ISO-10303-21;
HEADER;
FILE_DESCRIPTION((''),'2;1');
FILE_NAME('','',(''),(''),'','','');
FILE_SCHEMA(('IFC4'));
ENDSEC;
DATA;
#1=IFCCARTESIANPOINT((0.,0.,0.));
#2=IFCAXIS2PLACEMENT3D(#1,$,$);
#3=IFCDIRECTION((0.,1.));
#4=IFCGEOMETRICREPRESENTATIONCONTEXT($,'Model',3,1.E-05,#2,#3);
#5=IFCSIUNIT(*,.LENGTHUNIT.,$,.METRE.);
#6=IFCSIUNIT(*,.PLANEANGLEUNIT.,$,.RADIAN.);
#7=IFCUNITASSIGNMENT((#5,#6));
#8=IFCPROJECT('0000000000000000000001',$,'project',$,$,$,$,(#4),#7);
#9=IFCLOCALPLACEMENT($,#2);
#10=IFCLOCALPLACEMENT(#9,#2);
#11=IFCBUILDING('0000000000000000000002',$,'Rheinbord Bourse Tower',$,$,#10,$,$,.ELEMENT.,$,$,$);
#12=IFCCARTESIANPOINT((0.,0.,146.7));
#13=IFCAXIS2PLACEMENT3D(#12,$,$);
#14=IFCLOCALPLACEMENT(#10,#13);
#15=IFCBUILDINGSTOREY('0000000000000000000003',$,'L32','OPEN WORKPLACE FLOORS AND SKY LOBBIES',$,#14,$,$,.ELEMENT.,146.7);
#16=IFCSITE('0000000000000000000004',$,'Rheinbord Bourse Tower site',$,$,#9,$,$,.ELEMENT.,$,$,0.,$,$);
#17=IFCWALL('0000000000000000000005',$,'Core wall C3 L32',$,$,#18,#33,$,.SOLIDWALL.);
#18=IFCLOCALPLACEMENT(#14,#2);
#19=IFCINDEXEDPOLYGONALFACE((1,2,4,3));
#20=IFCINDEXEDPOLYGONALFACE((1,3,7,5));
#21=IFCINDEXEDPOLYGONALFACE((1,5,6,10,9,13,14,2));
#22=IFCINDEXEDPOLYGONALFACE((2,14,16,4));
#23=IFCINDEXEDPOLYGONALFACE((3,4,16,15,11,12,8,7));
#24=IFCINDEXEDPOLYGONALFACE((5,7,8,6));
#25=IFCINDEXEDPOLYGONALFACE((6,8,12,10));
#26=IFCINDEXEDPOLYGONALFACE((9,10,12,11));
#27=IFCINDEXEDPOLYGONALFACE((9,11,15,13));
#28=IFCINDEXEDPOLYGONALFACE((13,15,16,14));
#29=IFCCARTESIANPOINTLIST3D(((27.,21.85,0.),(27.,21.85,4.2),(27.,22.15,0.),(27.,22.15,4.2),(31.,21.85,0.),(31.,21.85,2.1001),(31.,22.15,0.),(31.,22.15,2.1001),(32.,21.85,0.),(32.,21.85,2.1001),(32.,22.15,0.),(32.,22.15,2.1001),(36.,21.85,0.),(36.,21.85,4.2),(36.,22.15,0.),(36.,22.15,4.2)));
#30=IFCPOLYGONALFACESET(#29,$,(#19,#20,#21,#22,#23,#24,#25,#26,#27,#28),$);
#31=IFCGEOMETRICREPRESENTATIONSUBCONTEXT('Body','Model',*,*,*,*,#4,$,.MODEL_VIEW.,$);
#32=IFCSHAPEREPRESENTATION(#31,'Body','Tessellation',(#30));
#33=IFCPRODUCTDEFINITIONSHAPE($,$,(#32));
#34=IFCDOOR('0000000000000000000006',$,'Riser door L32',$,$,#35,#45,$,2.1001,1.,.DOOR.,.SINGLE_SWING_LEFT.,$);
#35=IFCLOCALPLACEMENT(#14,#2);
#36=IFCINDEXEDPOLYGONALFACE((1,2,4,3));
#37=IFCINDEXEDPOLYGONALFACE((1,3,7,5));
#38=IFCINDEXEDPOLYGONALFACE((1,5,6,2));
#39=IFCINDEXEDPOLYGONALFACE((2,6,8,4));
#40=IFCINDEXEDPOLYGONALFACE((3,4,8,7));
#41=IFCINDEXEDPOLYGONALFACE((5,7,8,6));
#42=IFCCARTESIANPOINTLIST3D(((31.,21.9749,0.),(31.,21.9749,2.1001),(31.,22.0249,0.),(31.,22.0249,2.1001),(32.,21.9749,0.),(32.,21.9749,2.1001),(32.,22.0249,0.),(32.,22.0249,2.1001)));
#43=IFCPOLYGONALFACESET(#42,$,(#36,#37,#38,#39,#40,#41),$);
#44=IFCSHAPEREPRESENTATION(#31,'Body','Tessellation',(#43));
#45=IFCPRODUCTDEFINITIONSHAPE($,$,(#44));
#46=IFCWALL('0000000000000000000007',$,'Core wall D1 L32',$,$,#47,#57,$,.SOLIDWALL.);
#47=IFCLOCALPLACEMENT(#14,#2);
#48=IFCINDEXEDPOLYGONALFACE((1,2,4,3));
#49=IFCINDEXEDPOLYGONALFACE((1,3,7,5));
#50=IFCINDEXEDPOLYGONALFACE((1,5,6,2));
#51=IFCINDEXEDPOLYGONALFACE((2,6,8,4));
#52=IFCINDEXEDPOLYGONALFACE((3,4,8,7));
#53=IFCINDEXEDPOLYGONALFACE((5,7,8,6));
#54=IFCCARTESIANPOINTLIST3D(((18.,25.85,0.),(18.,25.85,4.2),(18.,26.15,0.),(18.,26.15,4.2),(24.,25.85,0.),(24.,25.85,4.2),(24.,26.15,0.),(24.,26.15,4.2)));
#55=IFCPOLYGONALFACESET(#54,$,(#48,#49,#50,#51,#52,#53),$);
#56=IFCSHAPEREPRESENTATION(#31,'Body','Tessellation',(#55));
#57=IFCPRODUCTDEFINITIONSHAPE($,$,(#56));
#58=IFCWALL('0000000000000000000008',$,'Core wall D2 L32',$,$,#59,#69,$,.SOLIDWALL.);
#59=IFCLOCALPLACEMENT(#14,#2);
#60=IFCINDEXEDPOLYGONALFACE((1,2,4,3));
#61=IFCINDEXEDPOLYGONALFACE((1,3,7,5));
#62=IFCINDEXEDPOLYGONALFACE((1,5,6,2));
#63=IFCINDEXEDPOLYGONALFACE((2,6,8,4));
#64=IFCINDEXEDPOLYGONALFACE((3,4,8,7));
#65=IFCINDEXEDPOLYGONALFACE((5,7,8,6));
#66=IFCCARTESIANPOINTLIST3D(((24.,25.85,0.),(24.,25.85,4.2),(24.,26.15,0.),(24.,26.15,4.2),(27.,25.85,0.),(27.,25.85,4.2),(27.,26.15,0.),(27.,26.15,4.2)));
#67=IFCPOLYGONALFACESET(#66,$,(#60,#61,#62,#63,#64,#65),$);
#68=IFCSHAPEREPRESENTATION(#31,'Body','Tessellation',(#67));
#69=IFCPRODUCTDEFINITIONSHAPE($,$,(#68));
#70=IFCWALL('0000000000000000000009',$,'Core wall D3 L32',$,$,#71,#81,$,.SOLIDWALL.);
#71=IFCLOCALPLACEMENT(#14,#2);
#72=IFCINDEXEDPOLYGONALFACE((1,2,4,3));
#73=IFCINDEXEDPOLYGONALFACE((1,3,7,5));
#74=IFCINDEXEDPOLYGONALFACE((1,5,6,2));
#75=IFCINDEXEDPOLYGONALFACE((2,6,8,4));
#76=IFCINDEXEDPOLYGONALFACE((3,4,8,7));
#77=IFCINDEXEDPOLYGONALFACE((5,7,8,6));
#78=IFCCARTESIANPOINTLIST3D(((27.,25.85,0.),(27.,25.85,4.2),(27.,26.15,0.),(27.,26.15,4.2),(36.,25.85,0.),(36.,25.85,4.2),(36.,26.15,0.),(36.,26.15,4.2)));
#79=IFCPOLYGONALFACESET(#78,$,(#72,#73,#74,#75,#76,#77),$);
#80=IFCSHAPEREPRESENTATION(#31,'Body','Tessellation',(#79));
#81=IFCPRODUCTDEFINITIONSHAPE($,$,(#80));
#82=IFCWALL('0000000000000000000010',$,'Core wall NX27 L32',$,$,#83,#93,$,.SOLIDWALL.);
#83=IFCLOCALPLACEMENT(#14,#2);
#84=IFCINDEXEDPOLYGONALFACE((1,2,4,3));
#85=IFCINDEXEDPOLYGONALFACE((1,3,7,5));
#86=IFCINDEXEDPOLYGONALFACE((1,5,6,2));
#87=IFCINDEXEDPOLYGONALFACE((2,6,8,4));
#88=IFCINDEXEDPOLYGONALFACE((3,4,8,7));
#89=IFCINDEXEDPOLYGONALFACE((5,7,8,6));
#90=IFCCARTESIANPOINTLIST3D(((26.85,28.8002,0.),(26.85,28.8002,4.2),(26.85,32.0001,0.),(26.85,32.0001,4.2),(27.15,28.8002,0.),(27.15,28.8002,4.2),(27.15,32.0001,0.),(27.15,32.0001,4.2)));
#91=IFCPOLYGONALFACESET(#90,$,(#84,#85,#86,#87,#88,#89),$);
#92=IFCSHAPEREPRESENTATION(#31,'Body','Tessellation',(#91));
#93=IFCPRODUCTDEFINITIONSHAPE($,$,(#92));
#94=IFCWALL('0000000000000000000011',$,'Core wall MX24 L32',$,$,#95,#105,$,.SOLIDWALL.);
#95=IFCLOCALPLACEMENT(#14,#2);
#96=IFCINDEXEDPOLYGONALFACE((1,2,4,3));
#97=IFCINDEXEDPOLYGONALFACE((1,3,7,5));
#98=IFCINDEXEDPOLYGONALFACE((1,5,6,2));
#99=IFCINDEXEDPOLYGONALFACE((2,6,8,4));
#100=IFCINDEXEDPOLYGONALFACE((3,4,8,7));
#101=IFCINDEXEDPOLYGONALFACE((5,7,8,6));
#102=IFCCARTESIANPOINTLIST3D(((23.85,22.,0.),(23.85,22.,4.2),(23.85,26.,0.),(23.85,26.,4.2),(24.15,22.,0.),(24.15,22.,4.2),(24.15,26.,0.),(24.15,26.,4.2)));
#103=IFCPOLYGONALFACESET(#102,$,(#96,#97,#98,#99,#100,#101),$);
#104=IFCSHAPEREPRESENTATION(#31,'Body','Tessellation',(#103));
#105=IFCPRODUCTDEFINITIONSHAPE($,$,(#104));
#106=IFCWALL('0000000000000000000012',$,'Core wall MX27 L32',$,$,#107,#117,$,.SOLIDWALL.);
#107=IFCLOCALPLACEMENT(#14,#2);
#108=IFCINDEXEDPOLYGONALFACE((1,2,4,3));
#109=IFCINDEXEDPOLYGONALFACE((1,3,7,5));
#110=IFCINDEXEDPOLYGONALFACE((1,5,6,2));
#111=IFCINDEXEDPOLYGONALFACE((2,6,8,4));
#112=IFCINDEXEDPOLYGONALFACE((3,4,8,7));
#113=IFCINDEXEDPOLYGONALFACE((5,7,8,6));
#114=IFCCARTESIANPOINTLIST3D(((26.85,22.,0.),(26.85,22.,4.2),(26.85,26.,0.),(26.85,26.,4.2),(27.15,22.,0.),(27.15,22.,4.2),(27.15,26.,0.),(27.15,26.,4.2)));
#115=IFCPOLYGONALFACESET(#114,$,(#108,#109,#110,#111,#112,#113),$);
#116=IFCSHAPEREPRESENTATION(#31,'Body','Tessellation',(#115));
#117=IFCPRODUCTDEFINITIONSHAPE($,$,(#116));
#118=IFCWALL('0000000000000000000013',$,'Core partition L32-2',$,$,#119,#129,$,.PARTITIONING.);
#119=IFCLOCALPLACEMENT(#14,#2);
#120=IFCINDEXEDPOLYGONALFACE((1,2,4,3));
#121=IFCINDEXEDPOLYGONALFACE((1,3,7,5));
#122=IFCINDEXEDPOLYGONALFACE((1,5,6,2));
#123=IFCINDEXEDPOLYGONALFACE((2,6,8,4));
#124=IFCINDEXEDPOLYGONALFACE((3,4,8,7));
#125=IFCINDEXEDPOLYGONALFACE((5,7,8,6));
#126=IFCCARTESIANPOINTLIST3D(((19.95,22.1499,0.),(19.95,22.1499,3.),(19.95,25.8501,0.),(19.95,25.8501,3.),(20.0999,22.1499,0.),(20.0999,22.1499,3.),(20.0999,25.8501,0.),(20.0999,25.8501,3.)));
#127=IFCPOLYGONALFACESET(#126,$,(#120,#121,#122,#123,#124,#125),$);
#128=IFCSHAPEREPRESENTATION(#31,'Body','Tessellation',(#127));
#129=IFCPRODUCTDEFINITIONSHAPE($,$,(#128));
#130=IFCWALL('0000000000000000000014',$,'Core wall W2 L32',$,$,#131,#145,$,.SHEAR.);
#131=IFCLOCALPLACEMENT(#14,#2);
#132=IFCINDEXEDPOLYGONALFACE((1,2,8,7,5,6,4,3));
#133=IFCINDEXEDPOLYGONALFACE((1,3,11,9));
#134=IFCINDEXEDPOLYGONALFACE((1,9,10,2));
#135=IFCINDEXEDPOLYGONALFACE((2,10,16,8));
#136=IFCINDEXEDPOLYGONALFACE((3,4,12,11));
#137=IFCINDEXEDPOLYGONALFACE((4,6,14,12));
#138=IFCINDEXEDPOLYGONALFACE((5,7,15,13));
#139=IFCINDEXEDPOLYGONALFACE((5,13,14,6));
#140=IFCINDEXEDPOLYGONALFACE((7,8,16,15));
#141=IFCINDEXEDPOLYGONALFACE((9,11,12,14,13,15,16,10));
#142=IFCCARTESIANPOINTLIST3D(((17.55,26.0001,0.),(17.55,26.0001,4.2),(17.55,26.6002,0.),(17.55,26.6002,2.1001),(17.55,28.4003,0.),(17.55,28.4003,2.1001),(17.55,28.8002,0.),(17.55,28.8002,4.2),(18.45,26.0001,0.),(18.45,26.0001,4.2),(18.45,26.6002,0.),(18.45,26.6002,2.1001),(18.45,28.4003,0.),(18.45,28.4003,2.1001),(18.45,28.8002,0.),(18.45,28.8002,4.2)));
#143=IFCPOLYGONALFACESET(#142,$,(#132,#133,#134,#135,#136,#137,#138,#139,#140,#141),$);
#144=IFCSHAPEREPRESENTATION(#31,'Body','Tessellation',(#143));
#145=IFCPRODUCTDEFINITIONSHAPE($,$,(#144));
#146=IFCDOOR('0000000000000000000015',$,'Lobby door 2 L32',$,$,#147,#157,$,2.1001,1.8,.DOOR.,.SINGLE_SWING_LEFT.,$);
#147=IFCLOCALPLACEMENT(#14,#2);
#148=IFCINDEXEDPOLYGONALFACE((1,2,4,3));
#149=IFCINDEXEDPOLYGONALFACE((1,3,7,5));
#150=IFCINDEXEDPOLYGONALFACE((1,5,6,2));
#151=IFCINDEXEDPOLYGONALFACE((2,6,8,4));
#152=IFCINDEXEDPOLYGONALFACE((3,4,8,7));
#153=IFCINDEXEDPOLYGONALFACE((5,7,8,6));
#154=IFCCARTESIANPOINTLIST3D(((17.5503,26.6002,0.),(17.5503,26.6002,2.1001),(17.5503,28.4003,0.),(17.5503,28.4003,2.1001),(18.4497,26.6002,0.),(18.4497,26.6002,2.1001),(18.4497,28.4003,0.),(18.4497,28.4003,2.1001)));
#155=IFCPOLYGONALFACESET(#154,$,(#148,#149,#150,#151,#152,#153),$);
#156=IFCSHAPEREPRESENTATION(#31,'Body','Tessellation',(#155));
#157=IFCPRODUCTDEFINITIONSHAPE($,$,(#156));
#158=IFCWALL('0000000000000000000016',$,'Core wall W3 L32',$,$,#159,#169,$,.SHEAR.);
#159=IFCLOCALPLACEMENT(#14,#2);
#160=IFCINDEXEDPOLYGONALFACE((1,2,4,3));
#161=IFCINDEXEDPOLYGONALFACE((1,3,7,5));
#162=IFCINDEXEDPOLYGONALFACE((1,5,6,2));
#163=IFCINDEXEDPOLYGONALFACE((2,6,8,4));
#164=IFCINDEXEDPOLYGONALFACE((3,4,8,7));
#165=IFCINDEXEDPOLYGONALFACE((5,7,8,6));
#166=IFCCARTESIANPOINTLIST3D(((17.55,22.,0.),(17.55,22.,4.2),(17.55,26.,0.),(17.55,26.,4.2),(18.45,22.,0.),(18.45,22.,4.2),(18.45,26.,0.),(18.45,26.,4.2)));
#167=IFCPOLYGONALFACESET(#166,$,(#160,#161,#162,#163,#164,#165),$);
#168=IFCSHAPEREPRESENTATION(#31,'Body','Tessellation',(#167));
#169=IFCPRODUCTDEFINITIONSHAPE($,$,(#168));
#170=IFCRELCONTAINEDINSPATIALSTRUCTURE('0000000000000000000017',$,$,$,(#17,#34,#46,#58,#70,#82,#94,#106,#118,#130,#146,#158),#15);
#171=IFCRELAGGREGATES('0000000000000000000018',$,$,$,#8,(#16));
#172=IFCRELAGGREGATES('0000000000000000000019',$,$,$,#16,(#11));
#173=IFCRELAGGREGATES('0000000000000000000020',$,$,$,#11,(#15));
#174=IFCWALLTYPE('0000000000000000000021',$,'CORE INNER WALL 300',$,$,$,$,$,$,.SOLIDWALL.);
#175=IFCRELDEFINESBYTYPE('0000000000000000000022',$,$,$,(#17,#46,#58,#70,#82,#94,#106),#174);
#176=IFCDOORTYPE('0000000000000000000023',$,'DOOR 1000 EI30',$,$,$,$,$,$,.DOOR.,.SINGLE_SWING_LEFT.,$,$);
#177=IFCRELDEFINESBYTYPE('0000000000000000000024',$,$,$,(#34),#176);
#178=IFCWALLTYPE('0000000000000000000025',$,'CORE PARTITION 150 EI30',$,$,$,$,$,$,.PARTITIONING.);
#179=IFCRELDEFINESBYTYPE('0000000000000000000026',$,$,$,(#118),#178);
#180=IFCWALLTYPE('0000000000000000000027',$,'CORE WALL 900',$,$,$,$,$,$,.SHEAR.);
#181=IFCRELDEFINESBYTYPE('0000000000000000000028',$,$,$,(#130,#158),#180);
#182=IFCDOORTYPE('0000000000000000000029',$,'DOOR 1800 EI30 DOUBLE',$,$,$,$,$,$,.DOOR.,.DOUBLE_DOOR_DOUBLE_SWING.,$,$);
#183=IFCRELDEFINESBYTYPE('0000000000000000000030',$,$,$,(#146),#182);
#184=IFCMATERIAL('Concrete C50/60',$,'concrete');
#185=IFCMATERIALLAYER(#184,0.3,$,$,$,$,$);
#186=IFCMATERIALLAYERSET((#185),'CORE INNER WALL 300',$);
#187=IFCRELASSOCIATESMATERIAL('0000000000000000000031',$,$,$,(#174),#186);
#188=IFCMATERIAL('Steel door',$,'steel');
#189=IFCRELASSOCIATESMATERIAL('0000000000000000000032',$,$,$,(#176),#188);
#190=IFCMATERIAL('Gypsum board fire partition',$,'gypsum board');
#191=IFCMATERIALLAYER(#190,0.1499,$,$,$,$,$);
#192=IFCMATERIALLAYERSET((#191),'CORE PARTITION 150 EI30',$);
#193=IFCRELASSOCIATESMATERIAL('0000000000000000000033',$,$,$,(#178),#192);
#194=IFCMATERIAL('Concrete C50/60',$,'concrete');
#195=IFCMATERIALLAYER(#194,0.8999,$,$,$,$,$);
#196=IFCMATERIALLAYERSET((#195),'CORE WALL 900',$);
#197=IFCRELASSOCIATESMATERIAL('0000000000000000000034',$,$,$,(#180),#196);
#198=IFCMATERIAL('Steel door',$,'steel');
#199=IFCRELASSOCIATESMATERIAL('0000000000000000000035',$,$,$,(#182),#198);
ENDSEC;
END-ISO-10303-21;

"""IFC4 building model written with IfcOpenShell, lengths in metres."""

from ifc_helpers import new_model, si_unit, direction, frame, frame_2d, origin, place, context, subcontext, project, spatial, rectangle, extrude, material, layer, layer_set, type_object, element, fill, save


model = new_model("IFC4")

# Units and contexts
model_context = context("Model", 3, precision=1e-05, world=origin(), true_north=direction((0.0, 1.0)))
body_context = subcontext(model_context, "Body", "Model", "MODEL_VIEW")
ifc_project = project(units=[si_unit("LENGTHUNIT", "METRE"), si_unit("PLANEANGLEUNIT", "RADIAN")], contexts=[model_context])

# Site, building, storey
site_placement = place(None, origin())
site = spatial("IfcSite", under=ifc_project, at=site_placement, Name="Rheinbord Bourse Tower site", CompositionType="ELEMENT", RefElevation=0.0)
building_placement = place(site_placement, origin())
building = spatial("IfcBuilding", under=site, at=building_placement, Name="Rheinbord Bourse Tower", CompositionType="ELEMENT")
storey_placement = place(building_placement, frame((0.0, 0.0, 146.7)))
storey = spatial("IfcBuildingStorey", under=building, at=storey_placement, Name="L32", Description="OPEN WORKPLACE FLOORS AND SKY LOBBIES", CompositionType="ELEMENT", Elevation=146.7)

# Shared definitions
ifc_material_1 = material(Name="Concrete C50/60", Category="concrete")
ifc_layer_1 = layer(ifc_material_1, 0.3)
ifc_layer_set_1 = layer_set([ifc_layer_1], Name="CORE INNER WALL 300")
wall_type_1 = type_object("IfcWallType", Name="CORE INNER WALL 300", PredefinedType="SOLIDWALL", material=ifc_layer_set_1)
ifc_material_2 = material(Name="Steel door", Category="steel")
door_type_1 = type_object("IfcDoorType", Name="DOOR 1000 EI30", OperationType="SINGLE_SWING_LEFT", PredefinedType="DOOR", material=ifc_material_2)

# Wall, opening, door
wall_1_placement = place(storey_placement, frame((27.0, 22.0, 0.0), z_axis=(0.0, 0.0, 1.0), x_axis=(1.0, 0.0, 0.0)))
wall_1 = element("IfcWall", 1, at=wall_1_placement, inside=storey, type_object=wall_type_1, Name="Core wall C3 L32", PredefinedType="SOLIDWALL", context=body_context, shape_type="SweptSolid", body=[
    extrude(rectangle(XDim=9.0, YDim=0.3, at=frame_2d((4.5, 0.0))), origin(), (0.0, 0.0, 1.0), 4.2),
])
opening_1_placement = place(wall_1_placement, frame((4.0, 0.0, 0.0)))
opening_1 = element("IfcOpeningElement", 2, at=opening_1_placement, cuts=wall_1, PredefinedType="OPENING", context=body_context, shape_type="SweptSolid", body=[
    extrude(rectangle(XDim=1.0, YDim=2.1001, at=frame_2d((0.5, 1.05))), frame((0.0, 0.1599, 0.0), z_axis=(0.0, -1.0, 0.0), x_axis=(1.0, 0.0, 0.0)), (0.0, 0.0, 1.0), 0.3201),
])
door_1_placement = place(opening_1_placement, origin())
door_1 = element("IfcDoor", 3, at=door_1_placement, inside=storey, type_object=door_type_1, Name="Riser door L32", OperationType="SINGLE_SWING_LEFT", OverallHeight=2.1001, OverallWidth=1.0, PredefinedType="DOOR", context=body_context, shape_type="SweptSolid", body=[
    extrude(rectangle(XDim=1.0, YDim=2.1001, at=frame_2d((0.5, 1.05))), frame((0.0, 0.0249, 0.0), z_axis=(0.0, -1.0, 0.0), x_axis=(1.0, 0.0, 0.0)), (0.0, 0.0, 1.0), 0.05),
])
fill(opening_1, door_1)

# Walls
wall_2_placement = place(storey_placement, frame((18.0, 26.0, 0.0), z_axis=(0.0, 0.0, 1.0), x_axis=(1.0, 0.0, 0.0)))
element("IfcWall", 4, at=wall_2_placement, inside=storey, type_object=wall_type_1, Name="Core wall D1 L32", PredefinedType="SOLIDWALL", context=body_context, shape_type="SweptSolid", body=[
    extrude(rectangle(XDim=6.0, YDim=0.3, at=frame_2d((3.0, 0.0))), origin(), (0.0, 0.0, 1.0), 4.2),
])
wall_3_placement = place(storey_placement, frame((24.0, 26.0, 0.0), z_axis=(0.0, 0.0, 1.0), x_axis=(1.0, 0.0, 0.0)))
element("IfcWall", 5, at=wall_3_placement, inside=storey, type_object=wall_type_1, Name="Core wall D2 L32", PredefinedType="SOLIDWALL", context=body_context, shape_type="SweptSolid", body=[
    extrude(rectangle(XDim=3.0, YDim=0.3, at=frame_2d((1.5, 0.0))), origin(), (0.0, 0.0, 1.0), 4.2),
])
wall_4_placement = place(storey_placement, frame((27.0, 26.0, 0.0), z_axis=(0.0, 0.0, 1.0), x_axis=(1.0, 0.0, 0.0)))
element("IfcWall", 6, at=wall_4_placement, inside=storey, type_object=wall_type_1, Name="Core wall D3 L32", PredefinedType="SOLIDWALL", context=body_context, shape_type="SweptSolid", body=[
    extrude(rectangle(XDim=9.0, YDim=0.3, at=frame_2d((4.5, 0.0))), origin(), (0.0, 0.0, 1.0), 4.2),
])
wall_5_placement = place(storey_placement, frame((27.0, 28.8, 0.0), z_axis=(0.0, 0.0, 1.0), x_axis=(0.0, 1.0, 0.0)))
element("IfcWall", 7, at=wall_5_placement, inside=storey, type_object=wall_type_1, Name="Core wall NX27 L32", PredefinedType="SOLIDWALL", context=body_context, shape_type="SweptSolid", body=[
    extrude(rectangle(XDim=3.2, YDim=0.3, at=frame_2d((1.6001, 0.0))), origin(), (0.0, 0.0, 1.0), 4.2),
])
for number, where, z_axis, x_axis, name in (
    (8, (24.0, 22.0, 0.0), (0.0, 0.0, 1.0), (0.0, 1.0, 0.0), "Core wall MX24 L32"),
    (9, (27.0, 22.0, 0.0), (0.0, 0.0, 1.0), (0.0, 1.0, 0.0), "Core wall MX27 L32"),
):
    element("IfcWall", number, at=place(storey_placement, frame(where, z_axis=z_axis, x_axis=x_axis)), inside=storey, type_object=wall_type_1, Name=name, PredefinedType="SOLIDWALL", context=body_context, shape_type="SweptSolid", body=[
        extrude(rectangle(XDim=4.0, YDim=0.3, at=frame_2d((2.0, 0.0))), origin(), (0.0, 0.0, 1.0), 4.2),
    ])
ifc_material_3 = material(Name="Gypsum board fire partition", Category="gypsum board")
ifc_layer_2 = layer(ifc_material_3, 0.1499)
ifc_layer_set_2 = layer_set([ifc_layer_2], Name="CORE PARTITION 150 EI30")
wall_type_2 = type_object("IfcWallType", Name="CORE PARTITION 150 EI30", PredefinedType="PARTITIONING", material=ifc_layer_set_2)
wall_6_placement = place(storey_placement, frame((20.0249, 22.1499, 0.0), z_axis=(0.0, 0.0, 1.0), x_axis=(0.0, 1.0, 0.0)))
element("IfcWall", 10, at=wall_6_placement, inside=storey, type_object=wall_type_2, Name="Core partition L32-2", PredefinedType="PARTITIONING", context=body_context, shape_type="SweptSolid", body=[
    extrude(rectangle(XDim=3.7002, YDim=0.1499, at=frame_2d((1.8501, 0.0))), origin(), (0.0, 0.0, 1.0), 3.0),
])

# Wall, opening, door
ifc_material_4 = material(Name="Concrete C50/60", Category="concrete")
ifc_layer_3 = layer(ifc_material_4, 0.8999)
ifc_layer_set_3 = layer_set([ifc_layer_3], Name="CORE WALL 900")
wall_type_3 = type_object("IfcWallType", Name="CORE WALL 900", PredefinedType="SHEAR", material=ifc_layer_set_3)
wall_7_placement = place(storey_placement, frame((18.0, 28.8, 0.0), z_axis=(0.0, 0.0, 1.0), x_axis=(0.0, -1.0, 0.0)))
wall_7 = element("IfcWall", 11, at=wall_7_placement, inside=storey, type_object=wall_type_3, Name="Core wall W2 L32", PredefinedType="SHEAR", context=body_context, shape_type="SweptSolid", body=[
    extrude(rectangle(XDim=2.8, YDim=0.8999, at=frame_2d((1.3999, 0.0))), origin(), (0.0, 0.0, 1.0), 4.2),
])
opening_2_placement = place(wall_7_placement, frame((0.3999, 0.0, 0.0)))
opening_2 = element("IfcOpeningElement", 12, at=opening_2_placement, cuts=wall_7, PredefinedType="OPENING", context=body_context, shape_type="SweptSolid", body=[
    extrude(rectangle(XDim=1.8, YDim=2.1001, at=frame_2d((0.8999, 1.05))), frame((0.0, 0.46, 0.0), z_axis=(0.0, -1.0, 0.0), x_axis=(1.0, 0.0, 0.0)), (0.0, 0.0, 1.0), 0.9199),
])
ifc_material_5 = material(Name="Steel door", Category="steel")
door_type_2 = type_object("IfcDoorType", Name="DOOR 1800 EI30 DOUBLE", OperationType="DOUBLE_DOOR_DOUBLE_SWING", PredefinedType="DOOR", material=ifc_material_5)
door_2_placement = place(opening_2_placement, origin())
door_2 = element("IfcDoor", 13, at=door_2_placement, inside=storey, type_object=door_type_2, Name="Lobby door 2 L32", OperationType="SINGLE_SWING_LEFT", OverallHeight=2.1001, OverallWidth=1.8, PredefinedType="DOOR", context=body_context, shape_type="SweptSolid", body=[
    extrude(rectangle(XDim=1.8, YDim=2.1001, at=frame_2d((0.8999, 1.05))), frame((0.0, 0.4497, 0.0), z_axis=(0.0, -1.0, 0.0), x_axis=(1.0, 0.0, 0.0)), (0.0, 0.0, 1.0), 0.8994),
])
fill(opening_2, door_2)

# Wall
wall_8_placement = place(storey_placement, frame((18.0, 26.0, 0.0), z_axis=(0.0, 0.0, 1.0), x_axis=(0.0, -1.0, 0.0)))
element("IfcWall", 14, at=wall_8_placement, inside=storey, type_object=wall_type_3, Name="Core wall W3 L32", PredefinedType="SHEAR", context=body_context, shape_type="SweptSolid", body=[
    extrude(rectangle(XDim=4.0, YDim=0.8999, at=frame_2d((2.0, 0.0))), origin(), (0.0, 0.0, 1.0), 4.2),
])

save(model, "model.ifc")
